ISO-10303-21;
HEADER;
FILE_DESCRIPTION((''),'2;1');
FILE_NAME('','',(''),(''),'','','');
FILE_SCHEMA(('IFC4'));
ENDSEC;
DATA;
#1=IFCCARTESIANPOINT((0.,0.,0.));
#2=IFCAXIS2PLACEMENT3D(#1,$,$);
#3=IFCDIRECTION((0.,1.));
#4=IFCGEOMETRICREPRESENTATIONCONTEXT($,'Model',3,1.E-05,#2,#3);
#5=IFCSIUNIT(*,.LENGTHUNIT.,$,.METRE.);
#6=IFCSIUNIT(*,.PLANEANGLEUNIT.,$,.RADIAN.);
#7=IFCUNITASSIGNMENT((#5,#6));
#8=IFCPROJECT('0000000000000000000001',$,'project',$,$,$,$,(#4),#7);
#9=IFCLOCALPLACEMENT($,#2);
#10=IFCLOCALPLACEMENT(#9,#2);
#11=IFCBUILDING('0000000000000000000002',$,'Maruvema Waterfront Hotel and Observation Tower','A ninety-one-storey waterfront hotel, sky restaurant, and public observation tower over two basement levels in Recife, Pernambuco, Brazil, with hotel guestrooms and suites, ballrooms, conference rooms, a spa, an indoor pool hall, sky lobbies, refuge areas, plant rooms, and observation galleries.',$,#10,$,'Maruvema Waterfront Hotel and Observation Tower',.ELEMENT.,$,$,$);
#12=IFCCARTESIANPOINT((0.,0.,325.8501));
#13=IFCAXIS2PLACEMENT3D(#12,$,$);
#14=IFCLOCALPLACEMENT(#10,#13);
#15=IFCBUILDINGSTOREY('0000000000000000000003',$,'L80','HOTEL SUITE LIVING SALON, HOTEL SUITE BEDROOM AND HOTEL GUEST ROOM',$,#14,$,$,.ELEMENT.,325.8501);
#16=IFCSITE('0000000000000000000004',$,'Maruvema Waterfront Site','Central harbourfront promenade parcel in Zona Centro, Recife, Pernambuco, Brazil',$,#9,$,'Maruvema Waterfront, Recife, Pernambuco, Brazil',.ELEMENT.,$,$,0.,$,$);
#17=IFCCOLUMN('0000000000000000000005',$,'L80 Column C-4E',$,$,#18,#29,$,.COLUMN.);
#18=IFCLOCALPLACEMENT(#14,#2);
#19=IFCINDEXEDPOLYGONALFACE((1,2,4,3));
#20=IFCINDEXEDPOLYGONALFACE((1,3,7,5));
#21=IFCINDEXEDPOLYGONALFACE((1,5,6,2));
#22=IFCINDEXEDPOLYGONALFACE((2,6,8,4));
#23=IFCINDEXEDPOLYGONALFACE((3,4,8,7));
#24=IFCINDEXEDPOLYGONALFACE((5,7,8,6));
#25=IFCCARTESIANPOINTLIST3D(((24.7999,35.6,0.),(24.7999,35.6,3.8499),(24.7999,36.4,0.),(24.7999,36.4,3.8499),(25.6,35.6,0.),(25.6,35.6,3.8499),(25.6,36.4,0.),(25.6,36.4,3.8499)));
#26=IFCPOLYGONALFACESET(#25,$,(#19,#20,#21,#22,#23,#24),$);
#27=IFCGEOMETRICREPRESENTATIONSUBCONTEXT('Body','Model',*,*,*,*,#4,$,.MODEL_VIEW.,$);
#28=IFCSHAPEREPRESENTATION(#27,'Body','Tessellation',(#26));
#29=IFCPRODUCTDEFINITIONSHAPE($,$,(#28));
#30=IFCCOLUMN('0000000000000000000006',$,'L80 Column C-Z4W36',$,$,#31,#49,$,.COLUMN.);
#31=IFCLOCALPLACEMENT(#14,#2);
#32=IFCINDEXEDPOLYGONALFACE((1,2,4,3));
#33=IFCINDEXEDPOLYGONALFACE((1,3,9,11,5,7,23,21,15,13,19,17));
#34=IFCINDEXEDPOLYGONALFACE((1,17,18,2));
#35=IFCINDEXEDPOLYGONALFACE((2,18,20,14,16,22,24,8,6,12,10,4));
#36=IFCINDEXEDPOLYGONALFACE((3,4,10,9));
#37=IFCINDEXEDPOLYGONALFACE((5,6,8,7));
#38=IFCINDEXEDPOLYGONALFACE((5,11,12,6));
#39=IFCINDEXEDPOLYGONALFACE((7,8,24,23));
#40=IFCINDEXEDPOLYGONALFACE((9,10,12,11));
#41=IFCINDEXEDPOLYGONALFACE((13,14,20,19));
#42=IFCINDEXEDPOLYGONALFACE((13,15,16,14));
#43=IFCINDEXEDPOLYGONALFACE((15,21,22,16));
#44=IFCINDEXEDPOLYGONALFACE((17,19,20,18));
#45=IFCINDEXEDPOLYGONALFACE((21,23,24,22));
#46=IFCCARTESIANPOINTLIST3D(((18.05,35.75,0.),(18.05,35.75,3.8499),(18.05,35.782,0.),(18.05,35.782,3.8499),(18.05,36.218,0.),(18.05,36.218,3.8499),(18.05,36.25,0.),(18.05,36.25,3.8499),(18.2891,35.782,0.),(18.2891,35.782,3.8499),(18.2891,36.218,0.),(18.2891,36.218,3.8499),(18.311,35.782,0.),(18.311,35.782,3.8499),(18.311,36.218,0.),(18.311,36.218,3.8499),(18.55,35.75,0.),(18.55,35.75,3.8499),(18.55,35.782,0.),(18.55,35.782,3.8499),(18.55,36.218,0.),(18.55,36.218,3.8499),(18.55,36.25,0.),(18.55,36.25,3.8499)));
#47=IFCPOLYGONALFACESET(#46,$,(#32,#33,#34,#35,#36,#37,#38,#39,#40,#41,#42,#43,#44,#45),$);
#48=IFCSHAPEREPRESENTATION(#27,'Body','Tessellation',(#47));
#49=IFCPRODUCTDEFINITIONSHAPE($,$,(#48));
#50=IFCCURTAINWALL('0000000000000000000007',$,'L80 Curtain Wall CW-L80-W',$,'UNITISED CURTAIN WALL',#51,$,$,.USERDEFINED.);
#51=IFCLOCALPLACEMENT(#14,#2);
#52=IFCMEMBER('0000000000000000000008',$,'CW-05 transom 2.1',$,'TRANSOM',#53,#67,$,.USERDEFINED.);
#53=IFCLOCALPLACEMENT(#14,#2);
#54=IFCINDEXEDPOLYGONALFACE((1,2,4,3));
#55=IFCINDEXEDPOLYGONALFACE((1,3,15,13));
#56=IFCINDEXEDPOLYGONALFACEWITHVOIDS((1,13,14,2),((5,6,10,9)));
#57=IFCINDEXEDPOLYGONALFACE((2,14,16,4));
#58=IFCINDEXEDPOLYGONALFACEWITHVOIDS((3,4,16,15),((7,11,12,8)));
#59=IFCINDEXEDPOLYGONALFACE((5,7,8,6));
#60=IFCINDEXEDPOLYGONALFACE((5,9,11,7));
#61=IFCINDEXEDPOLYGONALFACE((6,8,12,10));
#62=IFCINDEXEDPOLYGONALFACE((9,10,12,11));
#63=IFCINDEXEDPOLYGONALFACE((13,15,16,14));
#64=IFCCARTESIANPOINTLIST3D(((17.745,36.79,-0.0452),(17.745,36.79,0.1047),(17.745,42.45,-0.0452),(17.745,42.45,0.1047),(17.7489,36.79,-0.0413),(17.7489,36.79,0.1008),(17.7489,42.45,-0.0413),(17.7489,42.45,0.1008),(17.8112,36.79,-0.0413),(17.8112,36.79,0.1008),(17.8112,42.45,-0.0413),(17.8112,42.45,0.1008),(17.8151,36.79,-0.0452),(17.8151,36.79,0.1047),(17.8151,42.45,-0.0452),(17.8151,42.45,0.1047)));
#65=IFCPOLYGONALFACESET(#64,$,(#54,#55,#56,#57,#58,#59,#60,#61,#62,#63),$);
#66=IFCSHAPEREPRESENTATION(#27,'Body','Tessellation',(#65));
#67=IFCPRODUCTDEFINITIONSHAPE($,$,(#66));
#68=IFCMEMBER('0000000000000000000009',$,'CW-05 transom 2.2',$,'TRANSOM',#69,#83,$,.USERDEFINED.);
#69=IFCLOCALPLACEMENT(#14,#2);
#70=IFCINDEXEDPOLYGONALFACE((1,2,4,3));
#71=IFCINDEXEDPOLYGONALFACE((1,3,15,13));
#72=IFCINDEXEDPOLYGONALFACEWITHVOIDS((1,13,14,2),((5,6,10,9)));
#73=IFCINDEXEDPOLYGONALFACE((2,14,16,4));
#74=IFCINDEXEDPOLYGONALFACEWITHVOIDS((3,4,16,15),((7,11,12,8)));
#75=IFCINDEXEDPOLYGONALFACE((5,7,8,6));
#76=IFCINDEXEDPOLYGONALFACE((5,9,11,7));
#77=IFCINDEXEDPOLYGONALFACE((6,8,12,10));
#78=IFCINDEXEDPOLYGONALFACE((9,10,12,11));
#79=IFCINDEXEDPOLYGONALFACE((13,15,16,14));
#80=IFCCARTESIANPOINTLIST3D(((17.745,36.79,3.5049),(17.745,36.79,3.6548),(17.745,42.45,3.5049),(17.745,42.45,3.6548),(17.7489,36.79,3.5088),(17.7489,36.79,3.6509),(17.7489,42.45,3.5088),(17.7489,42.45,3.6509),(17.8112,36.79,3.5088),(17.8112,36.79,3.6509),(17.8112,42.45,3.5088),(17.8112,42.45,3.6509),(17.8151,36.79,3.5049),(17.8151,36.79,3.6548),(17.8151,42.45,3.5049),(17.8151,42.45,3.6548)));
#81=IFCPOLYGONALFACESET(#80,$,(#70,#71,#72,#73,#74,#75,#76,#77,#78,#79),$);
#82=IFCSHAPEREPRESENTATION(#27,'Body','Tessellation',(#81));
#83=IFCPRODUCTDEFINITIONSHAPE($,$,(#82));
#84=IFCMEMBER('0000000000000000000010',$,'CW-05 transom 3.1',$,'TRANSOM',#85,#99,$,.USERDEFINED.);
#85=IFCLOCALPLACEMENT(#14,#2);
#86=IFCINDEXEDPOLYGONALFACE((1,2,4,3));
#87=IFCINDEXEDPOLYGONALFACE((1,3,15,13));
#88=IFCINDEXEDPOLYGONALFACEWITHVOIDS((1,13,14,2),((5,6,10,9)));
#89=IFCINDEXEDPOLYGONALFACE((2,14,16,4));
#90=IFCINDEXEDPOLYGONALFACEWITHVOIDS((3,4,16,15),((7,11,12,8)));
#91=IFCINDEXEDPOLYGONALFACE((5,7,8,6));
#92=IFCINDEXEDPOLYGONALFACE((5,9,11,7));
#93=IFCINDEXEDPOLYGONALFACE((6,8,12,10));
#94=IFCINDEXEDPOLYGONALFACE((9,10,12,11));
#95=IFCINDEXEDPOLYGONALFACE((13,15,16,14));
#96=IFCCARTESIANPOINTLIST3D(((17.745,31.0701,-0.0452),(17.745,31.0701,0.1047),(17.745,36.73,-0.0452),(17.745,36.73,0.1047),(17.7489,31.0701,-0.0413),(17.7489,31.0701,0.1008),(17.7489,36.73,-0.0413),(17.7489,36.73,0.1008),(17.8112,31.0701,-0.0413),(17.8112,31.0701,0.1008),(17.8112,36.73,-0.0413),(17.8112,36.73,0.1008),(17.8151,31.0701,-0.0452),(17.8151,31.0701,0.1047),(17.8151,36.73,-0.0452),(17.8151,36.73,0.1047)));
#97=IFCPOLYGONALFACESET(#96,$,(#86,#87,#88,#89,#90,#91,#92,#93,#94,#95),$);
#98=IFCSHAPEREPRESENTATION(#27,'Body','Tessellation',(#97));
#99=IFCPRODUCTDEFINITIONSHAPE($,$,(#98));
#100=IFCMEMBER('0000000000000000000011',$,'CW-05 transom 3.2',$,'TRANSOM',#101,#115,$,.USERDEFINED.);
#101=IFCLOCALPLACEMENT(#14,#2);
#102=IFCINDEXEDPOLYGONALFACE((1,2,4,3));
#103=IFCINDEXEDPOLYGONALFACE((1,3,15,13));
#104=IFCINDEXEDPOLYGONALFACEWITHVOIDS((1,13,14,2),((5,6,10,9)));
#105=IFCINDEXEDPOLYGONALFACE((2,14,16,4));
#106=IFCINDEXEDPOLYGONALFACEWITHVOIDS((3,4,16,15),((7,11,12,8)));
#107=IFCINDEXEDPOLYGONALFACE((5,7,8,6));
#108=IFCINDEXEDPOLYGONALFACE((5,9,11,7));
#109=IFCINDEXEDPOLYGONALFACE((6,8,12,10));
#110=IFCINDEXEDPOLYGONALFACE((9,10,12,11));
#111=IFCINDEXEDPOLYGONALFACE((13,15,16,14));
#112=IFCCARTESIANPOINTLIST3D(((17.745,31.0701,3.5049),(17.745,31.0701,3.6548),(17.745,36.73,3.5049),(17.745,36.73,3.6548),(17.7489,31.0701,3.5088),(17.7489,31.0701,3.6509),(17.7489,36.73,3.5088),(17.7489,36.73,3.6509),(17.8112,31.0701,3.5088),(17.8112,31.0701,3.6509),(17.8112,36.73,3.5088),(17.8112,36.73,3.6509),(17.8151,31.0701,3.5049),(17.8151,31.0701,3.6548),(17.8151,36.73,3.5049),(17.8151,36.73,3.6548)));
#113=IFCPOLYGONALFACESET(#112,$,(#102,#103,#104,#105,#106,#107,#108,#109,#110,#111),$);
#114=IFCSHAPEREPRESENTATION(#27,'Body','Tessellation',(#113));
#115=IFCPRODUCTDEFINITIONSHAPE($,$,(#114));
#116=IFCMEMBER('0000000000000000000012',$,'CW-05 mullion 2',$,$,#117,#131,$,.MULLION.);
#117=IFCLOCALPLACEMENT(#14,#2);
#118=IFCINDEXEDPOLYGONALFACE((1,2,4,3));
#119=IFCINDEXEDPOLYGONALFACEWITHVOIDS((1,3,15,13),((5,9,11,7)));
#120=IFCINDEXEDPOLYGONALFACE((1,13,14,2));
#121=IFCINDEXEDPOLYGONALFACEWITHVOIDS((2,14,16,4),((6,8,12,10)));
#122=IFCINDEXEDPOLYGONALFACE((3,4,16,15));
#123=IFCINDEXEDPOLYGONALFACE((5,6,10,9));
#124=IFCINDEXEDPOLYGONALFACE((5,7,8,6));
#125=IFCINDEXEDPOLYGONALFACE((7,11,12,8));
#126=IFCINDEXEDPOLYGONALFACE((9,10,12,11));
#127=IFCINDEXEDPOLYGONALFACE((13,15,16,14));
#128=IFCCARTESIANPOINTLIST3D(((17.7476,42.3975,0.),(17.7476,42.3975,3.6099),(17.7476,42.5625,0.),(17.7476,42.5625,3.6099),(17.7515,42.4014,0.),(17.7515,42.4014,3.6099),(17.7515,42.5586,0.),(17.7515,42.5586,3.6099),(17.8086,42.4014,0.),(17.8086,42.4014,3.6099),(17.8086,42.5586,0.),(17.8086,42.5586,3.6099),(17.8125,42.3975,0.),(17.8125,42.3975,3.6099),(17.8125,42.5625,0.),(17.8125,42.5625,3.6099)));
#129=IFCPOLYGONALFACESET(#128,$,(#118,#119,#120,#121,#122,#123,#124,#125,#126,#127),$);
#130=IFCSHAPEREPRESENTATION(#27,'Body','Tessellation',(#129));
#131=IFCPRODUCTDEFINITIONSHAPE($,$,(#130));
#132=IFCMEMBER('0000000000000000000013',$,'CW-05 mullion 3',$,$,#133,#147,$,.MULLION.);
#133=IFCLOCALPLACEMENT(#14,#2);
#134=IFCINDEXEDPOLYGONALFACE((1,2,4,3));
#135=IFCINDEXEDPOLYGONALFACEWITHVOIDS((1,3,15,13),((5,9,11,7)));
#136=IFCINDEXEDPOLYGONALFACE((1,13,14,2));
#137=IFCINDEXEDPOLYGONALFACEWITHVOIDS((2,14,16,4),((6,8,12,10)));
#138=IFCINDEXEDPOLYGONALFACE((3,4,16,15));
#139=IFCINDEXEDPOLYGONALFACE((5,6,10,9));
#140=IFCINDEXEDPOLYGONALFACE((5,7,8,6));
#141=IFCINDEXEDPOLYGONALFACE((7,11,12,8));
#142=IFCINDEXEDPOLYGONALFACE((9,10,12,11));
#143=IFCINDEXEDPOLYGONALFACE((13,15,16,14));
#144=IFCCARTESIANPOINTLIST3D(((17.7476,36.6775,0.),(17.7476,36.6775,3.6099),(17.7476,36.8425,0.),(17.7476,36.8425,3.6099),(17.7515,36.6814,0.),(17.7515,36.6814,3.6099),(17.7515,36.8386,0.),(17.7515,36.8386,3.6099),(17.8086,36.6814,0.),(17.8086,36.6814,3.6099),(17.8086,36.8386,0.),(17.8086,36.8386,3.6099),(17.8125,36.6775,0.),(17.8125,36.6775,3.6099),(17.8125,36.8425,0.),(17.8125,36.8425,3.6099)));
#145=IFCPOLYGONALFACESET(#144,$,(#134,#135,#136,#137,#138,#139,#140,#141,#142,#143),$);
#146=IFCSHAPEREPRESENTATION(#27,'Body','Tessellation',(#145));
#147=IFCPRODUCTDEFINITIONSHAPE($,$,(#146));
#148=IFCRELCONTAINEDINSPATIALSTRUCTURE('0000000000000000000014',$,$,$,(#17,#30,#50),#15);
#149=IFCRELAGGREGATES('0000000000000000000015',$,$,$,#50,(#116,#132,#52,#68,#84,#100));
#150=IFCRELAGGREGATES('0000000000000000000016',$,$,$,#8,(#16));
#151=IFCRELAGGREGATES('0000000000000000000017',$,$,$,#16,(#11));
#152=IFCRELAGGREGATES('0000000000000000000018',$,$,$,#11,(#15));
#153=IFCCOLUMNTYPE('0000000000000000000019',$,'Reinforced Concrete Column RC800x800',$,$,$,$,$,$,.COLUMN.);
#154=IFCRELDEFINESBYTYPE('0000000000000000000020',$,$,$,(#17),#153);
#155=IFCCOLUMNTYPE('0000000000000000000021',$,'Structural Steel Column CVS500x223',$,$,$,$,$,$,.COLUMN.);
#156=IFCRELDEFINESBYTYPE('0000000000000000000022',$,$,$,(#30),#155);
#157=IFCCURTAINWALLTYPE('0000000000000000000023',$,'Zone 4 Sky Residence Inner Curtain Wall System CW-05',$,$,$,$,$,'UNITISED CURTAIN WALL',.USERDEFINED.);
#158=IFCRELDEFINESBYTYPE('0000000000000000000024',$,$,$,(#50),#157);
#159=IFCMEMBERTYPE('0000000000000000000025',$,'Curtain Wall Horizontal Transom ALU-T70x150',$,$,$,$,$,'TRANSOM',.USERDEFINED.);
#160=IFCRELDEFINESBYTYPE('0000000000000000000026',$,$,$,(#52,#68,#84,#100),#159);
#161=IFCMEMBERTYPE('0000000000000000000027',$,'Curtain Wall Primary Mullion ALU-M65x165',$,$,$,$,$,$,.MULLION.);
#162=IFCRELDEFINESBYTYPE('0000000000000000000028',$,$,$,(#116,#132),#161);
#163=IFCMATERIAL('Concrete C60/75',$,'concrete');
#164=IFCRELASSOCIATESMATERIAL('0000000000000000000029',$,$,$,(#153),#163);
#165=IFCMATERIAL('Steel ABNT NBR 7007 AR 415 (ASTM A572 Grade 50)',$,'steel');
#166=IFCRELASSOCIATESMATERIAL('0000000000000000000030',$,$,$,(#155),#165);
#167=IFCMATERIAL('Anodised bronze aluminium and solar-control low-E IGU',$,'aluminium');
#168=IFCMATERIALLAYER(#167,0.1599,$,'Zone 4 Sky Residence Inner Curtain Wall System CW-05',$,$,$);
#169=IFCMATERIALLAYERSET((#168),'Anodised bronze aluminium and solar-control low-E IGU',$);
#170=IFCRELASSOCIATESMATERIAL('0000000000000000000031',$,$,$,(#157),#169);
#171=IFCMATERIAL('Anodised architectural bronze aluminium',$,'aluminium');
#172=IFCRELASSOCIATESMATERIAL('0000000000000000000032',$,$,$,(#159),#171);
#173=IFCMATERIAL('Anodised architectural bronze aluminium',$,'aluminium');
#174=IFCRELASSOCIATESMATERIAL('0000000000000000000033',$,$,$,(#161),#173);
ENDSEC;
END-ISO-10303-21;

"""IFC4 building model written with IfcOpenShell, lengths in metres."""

from ifc_helpers import new_model, si_unit, direction, frame, origin, origin_2d, place, context, subcontext, project, spatial, rectangle, hollow_rectangle, i_section, extrude, material, layer, layer_set, material_profile, profile_set, type_object, element, aggregate, save


model = new_model("IFC4")

# Units and contexts
model_context = context("Model", 3, precision=1e-05, world=origin(), true_north=direction((0.0, 1.0)))
body_context = subcontext(model_context, "Body", "Model", "MODEL_VIEW")
ifc_project = project(units=[si_unit("LENGTHUNIT", "METRE"), si_unit("PLANEANGLEUNIT", "RADIAN")], contexts=[model_context])

# Site, building, storey
site_placement = place(None, origin())
site = spatial("IfcSite", under=ifc_project, at=site_placement, Name="Maruvema Waterfront Site", Description="Central harbourfront promenade parcel in Zona Centro, Recife, Pernambuco, Brazil", LongName="Maruvema Waterfront, Recife, Pernambuco, Brazil", CompositionType="ELEMENT", RefElevation=0.0)
building_placement = place(site_placement, origin())
building = spatial("IfcBuilding", under=site, at=building_placement, Name="Maruvema Waterfront Hotel and Observation Tower", Description="A ninety-one-storey waterfront hotel, sky restaurant, and public observation tower over two basement levels in Recife, Pernambuco, Brazil, with hotel guestrooms and suites, ballrooms, conference rooms, a spa, an indoor pool hall, sky lobbies, refuge areas, plant rooms, and observation galleries.", LongName="Maruvema Waterfront Hotel and Observation Tower", CompositionType="ELEMENT")
storey_placement = place(building_placement, frame((0.0, 0.0, 325.8501)))
storey = spatial("IfcBuildingStorey", under=building, at=storey_placement, Name="L80", Description="HOTEL SUITE LIVING SALON, HOTEL SUITE BEDROOM AND HOTEL GUEST ROOM", CompositionType="ELEMENT", Elevation=325.8501)

# Columns
ifc_material_1 = material(Name="Concrete C60/75", Category="concrete")
ifc_material_profile_1 = material_profile(ifc_material_1, rectangle(XDim=0.8, YDim=0.8, at=origin_2d()), Name="RC800x800")
ifc_profile_set_1 = profile_set([ifc_material_profile_1], Name="Concrete C60/75")
column_type_1 = type_object("IfcColumnType", Name="Reinforced Concrete Column RC800x800", PredefinedType="COLUMN", material=ifc_profile_set_1)
column_1_placement = place(storey_placement, frame((25.2, 36.0, 0.0), z_axis=(0.0, 0.0, 1.0), x_axis=(1.0, 0.0, 0.0)))
element("IfcColumn", 1, at=column_1_placement, inside=storey, type_object=column_type_1, Name="L80 Column C-4E", PredefinedType="COLUMN", context=body_context, shape_type="SweptSolid", body=[
    extrude(rectangle(XDim=0.8, YDim=0.8, at=origin_2d()), origin(), (0.0, 0.0, 1.0), 3.8499),
])
ifc_material_2 = material(Name="Steel ABNT NBR 7007 AR 415 (ASTM A572 Grade 50)", Category="steel")
ifc_material_profile_2 = material_profile(ifc_material_2, i_section(OverallWidth=0.5, OverallDepth=0.5, WebThickness=0.022, FlangeThickness=0.032, at=origin_2d()), Name="CVS500x223")
ifc_profile_set_2 = profile_set([ifc_material_profile_2], Name="Steel ABNT NBR 7007 AR 415 (ASTM A572 Grade 50)")
column_type_2 = type_object("IfcColumnType", Name="Structural Steel Column CVS500x223", PredefinedType="COLUMN", material=ifc_profile_set_2)
column_2_placement = place(storey_placement, frame((18.3, 36.0, 0.0), z_axis=(0.0, 0.0, 1.0), x_axis=(1.0, 0.0, 0.0)))
element("IfcColumn", 2, at=column_2_placement, inside=storey, type_object=column_type_2, Name="L80 Column C-Z4W36", PredefinedType="COLUMN", context=body_context, shape_type="SweptSolid", body=[
    extrude(i_section(OverallWidth=0.5, OverallDepth=0.5, WebThickness=0.022, FlangeThickness=0.032, at=origin_2d()), origin(), (0.0, 0.0, 1.0), 3.8499),
])

# Curtain wall, members
ifc_material_3 = material(Name="Anodised bronze aluminium and solar-control low-E IGU", Category="aluminium")
ifc_layer_1 = layer(ifc_material_3, 0.1599, Name="Zone 4 Sky Residence Inner Curtain Wall System CW-05")
ifc_layer_set_1 = layer_set([ifc_layer_1], Name="Anodised bronze aluminium and solar-control low-E IGU")
curtain_wall_type = type_object("IfcCurtainWallType", Name="Zone 4 Sky Residence Inner Curtain Wall System CW-05", ElementType="UNITISED CURTAIN WALL", PredefinedType="USERDEFINED", material=ifc_layer_set_1)
curtain_wall_placement = place(storey_placement, origin())
curtain_wall = element("IfcCurtainWall", 3, at=curtain_wall_placement, inside=storey, type_object=curtain_wall_type, Name="L80 Curtain Wall CW-L80-W", ObjectType="UNITISED CURTAIN WALL", PredefinedType="USERDEFINED")
ifc_material_4 = material(Name="Anodised architectural bronze aluminium", Category="aluminium")
ifc_material_profile_3 = material_profile(ifc_material_4, hollow_rectangle(XDim=0.0701, YDim=0.1499, WallThickness=0.0039, at=origin_2d()), Name="ALU-T70x150")
ifc_profile_set_3 = profile_set([ifc_material_profile_3], Name="Anodised architectural bronze aluminium")
member_type_1 = type_object("IfcMemberType", Name="Curtain Wall Horizontal Transom ALU-T70x150", ElementType="TRANSOM", PredefinedType="USERDEFINED", material=ifc_profile_set_3)
member_1_placement = place(storey_placement, frame((17.78, 42.45, 0.0298), z_axis=(0.0, -1.0, 0.0), x_axis=(1.0, 0.0, 0.0)))
member_1 = element("IfcMember", 4, at=member_1_placement, type_object=member_type_1, Name="CW-05 transom 2.1", ObjectType="TRANSOM", PredefinedType="USERDEFINED", context=body_context, shape_type="SweptSolid", body=[
    extrude(hollow_rectangle(XDim=0.0701, YDim=0.1499, WallThickness=0.0039, at=origin_2d()), origin(), (0.0, 0.0, 1.0), 5.6599),
])
member_2_placement = place(storey_placement, frame((17.78, 42.45, 3.5798), z_axis=(0.0, -1.0, 0.0), x_axis=(1.0, 0.0, 0.0)))
member_2 = element("IfcMember", 5, at=member_2_placement, type_object=member_type_1, Name="CW-05 transom 2.2", ObjectType="TRANSOM", PredefinedType="USERDEFINED", context=body_context, shape_type="SweptSolid", body=[
    extrude(hollow_rectangle(XDim=0.0701, YDim=0.1499, WallThickness=0.0039, at=origin_2d()), origin(), (0.0, 0.0, 1.0), 5.6599),
])
member_3_placement = place(storey_placement, frame((17.78, 36.73, 0.0298), z_axis=(0.0, -1.0, 0.0), x_axis=(1.0, 0.0, 0.0)))
member_3 = element("IfcMember", 6, at=member_3_placement, type_object=member_type_1, Name="CW-05 transom 3.1", ObjectType="TRANSOM", PredefinedType="USERDEFINED", context=body_context, shape_type="SweptSolid", body=[
    extrude(hollow_rectangle(XDim=0.0701, YDim=0.1499, WallThickness=0.0039, at=origin_2d()), origin(), (0.0, 0.0, 1.0), 5.6599),
])
member_4_placement = place(storey_placement, frame((17.78, 36.73, 3.5798), z_axis=(0.0, -1.0, 0.0), x_axis=(1.0, 0.0, 0.0)))
member_4 = element("IfcMember", 7, at=member_4_placement, type_object=member_type_1, Name="CW-05 transom 3.2", ObjectType="TRANSOM", PredefinedType="USERDEFINED", context=body_context, shape_type="SweptSolid", body=[
    extrude(hollow_rectangle(XDim=0.0701, YDim=0.1499, WallThickness=0.0039, at=origin_2d()), origin(), (0.0, 0.0, 1.0), 5.6599),
])
ifc_material_5 = material(Name="Anodised architectural bronze aluminium", Category="aluminium")
ifc_material_profile_4 = material_profile(ifc_material_5, hollow_rectangle(XDim=0.0649, YDim=0.165, WallThickness=0.0039, at=origin_2d()), Name="ALU-M65x165")
ifc_profile_set_4 = profile_set([ifc_material_profile_4], Name="Anodised architectural bronze aluminium")
member_type_2 = type_object("IfcMemberType", Name="Curtain Wall Primary Mullion ALU-M65x165", PredefinedType="MULLION", material=ifc_profile_set_4)
member_5_placement = place(storey_placement, frame((17.78, 42.48, 0.0), z_axis=(0.0, 0.0, 1.0), x_axis=(1.0, 0.0, 0.0)))
member_5 = element("IfcMember", 8, at=member_5_placement, type_object=member_type_2, Name="CW-05 mullion 2", PredefinedType="MULLION", context=body_context, shape_type="SweptSolid", body=[
    extrude(hollow_rectangle(XDim=0.0649, YDim=0.165, WallThickness=0.0039, at=origin_2d()), origin(), (0.0, 0.0, 1.0), 3.6099),
])
member_6_placement = place(storey_placement, frame((17.78, 36.76, 0.0), z_axis=(0.0, 0.0, 1.0), x_axis=(1.0, 0.0, 0.0)))
member_6 = element("IfcMember", 9, at=member_6_placement, type_object=member_type_2, Name="CW-05 mullion 3", PredefinedType="MULLION", context=body_context, shape_type="SweptSolid", body=[
    extrude(hollow_rectangle(XDim=0.0649, YDim=0.165, WallThickness=0.0039, at=origin_2d()), origin(), (0.0, 0.0, 1.0), 3.6099),
])

aggregate(curtain_wall, [member_5, member_6, member_1, member_2, member_3, member_4])

save(model, "model.ifc")
